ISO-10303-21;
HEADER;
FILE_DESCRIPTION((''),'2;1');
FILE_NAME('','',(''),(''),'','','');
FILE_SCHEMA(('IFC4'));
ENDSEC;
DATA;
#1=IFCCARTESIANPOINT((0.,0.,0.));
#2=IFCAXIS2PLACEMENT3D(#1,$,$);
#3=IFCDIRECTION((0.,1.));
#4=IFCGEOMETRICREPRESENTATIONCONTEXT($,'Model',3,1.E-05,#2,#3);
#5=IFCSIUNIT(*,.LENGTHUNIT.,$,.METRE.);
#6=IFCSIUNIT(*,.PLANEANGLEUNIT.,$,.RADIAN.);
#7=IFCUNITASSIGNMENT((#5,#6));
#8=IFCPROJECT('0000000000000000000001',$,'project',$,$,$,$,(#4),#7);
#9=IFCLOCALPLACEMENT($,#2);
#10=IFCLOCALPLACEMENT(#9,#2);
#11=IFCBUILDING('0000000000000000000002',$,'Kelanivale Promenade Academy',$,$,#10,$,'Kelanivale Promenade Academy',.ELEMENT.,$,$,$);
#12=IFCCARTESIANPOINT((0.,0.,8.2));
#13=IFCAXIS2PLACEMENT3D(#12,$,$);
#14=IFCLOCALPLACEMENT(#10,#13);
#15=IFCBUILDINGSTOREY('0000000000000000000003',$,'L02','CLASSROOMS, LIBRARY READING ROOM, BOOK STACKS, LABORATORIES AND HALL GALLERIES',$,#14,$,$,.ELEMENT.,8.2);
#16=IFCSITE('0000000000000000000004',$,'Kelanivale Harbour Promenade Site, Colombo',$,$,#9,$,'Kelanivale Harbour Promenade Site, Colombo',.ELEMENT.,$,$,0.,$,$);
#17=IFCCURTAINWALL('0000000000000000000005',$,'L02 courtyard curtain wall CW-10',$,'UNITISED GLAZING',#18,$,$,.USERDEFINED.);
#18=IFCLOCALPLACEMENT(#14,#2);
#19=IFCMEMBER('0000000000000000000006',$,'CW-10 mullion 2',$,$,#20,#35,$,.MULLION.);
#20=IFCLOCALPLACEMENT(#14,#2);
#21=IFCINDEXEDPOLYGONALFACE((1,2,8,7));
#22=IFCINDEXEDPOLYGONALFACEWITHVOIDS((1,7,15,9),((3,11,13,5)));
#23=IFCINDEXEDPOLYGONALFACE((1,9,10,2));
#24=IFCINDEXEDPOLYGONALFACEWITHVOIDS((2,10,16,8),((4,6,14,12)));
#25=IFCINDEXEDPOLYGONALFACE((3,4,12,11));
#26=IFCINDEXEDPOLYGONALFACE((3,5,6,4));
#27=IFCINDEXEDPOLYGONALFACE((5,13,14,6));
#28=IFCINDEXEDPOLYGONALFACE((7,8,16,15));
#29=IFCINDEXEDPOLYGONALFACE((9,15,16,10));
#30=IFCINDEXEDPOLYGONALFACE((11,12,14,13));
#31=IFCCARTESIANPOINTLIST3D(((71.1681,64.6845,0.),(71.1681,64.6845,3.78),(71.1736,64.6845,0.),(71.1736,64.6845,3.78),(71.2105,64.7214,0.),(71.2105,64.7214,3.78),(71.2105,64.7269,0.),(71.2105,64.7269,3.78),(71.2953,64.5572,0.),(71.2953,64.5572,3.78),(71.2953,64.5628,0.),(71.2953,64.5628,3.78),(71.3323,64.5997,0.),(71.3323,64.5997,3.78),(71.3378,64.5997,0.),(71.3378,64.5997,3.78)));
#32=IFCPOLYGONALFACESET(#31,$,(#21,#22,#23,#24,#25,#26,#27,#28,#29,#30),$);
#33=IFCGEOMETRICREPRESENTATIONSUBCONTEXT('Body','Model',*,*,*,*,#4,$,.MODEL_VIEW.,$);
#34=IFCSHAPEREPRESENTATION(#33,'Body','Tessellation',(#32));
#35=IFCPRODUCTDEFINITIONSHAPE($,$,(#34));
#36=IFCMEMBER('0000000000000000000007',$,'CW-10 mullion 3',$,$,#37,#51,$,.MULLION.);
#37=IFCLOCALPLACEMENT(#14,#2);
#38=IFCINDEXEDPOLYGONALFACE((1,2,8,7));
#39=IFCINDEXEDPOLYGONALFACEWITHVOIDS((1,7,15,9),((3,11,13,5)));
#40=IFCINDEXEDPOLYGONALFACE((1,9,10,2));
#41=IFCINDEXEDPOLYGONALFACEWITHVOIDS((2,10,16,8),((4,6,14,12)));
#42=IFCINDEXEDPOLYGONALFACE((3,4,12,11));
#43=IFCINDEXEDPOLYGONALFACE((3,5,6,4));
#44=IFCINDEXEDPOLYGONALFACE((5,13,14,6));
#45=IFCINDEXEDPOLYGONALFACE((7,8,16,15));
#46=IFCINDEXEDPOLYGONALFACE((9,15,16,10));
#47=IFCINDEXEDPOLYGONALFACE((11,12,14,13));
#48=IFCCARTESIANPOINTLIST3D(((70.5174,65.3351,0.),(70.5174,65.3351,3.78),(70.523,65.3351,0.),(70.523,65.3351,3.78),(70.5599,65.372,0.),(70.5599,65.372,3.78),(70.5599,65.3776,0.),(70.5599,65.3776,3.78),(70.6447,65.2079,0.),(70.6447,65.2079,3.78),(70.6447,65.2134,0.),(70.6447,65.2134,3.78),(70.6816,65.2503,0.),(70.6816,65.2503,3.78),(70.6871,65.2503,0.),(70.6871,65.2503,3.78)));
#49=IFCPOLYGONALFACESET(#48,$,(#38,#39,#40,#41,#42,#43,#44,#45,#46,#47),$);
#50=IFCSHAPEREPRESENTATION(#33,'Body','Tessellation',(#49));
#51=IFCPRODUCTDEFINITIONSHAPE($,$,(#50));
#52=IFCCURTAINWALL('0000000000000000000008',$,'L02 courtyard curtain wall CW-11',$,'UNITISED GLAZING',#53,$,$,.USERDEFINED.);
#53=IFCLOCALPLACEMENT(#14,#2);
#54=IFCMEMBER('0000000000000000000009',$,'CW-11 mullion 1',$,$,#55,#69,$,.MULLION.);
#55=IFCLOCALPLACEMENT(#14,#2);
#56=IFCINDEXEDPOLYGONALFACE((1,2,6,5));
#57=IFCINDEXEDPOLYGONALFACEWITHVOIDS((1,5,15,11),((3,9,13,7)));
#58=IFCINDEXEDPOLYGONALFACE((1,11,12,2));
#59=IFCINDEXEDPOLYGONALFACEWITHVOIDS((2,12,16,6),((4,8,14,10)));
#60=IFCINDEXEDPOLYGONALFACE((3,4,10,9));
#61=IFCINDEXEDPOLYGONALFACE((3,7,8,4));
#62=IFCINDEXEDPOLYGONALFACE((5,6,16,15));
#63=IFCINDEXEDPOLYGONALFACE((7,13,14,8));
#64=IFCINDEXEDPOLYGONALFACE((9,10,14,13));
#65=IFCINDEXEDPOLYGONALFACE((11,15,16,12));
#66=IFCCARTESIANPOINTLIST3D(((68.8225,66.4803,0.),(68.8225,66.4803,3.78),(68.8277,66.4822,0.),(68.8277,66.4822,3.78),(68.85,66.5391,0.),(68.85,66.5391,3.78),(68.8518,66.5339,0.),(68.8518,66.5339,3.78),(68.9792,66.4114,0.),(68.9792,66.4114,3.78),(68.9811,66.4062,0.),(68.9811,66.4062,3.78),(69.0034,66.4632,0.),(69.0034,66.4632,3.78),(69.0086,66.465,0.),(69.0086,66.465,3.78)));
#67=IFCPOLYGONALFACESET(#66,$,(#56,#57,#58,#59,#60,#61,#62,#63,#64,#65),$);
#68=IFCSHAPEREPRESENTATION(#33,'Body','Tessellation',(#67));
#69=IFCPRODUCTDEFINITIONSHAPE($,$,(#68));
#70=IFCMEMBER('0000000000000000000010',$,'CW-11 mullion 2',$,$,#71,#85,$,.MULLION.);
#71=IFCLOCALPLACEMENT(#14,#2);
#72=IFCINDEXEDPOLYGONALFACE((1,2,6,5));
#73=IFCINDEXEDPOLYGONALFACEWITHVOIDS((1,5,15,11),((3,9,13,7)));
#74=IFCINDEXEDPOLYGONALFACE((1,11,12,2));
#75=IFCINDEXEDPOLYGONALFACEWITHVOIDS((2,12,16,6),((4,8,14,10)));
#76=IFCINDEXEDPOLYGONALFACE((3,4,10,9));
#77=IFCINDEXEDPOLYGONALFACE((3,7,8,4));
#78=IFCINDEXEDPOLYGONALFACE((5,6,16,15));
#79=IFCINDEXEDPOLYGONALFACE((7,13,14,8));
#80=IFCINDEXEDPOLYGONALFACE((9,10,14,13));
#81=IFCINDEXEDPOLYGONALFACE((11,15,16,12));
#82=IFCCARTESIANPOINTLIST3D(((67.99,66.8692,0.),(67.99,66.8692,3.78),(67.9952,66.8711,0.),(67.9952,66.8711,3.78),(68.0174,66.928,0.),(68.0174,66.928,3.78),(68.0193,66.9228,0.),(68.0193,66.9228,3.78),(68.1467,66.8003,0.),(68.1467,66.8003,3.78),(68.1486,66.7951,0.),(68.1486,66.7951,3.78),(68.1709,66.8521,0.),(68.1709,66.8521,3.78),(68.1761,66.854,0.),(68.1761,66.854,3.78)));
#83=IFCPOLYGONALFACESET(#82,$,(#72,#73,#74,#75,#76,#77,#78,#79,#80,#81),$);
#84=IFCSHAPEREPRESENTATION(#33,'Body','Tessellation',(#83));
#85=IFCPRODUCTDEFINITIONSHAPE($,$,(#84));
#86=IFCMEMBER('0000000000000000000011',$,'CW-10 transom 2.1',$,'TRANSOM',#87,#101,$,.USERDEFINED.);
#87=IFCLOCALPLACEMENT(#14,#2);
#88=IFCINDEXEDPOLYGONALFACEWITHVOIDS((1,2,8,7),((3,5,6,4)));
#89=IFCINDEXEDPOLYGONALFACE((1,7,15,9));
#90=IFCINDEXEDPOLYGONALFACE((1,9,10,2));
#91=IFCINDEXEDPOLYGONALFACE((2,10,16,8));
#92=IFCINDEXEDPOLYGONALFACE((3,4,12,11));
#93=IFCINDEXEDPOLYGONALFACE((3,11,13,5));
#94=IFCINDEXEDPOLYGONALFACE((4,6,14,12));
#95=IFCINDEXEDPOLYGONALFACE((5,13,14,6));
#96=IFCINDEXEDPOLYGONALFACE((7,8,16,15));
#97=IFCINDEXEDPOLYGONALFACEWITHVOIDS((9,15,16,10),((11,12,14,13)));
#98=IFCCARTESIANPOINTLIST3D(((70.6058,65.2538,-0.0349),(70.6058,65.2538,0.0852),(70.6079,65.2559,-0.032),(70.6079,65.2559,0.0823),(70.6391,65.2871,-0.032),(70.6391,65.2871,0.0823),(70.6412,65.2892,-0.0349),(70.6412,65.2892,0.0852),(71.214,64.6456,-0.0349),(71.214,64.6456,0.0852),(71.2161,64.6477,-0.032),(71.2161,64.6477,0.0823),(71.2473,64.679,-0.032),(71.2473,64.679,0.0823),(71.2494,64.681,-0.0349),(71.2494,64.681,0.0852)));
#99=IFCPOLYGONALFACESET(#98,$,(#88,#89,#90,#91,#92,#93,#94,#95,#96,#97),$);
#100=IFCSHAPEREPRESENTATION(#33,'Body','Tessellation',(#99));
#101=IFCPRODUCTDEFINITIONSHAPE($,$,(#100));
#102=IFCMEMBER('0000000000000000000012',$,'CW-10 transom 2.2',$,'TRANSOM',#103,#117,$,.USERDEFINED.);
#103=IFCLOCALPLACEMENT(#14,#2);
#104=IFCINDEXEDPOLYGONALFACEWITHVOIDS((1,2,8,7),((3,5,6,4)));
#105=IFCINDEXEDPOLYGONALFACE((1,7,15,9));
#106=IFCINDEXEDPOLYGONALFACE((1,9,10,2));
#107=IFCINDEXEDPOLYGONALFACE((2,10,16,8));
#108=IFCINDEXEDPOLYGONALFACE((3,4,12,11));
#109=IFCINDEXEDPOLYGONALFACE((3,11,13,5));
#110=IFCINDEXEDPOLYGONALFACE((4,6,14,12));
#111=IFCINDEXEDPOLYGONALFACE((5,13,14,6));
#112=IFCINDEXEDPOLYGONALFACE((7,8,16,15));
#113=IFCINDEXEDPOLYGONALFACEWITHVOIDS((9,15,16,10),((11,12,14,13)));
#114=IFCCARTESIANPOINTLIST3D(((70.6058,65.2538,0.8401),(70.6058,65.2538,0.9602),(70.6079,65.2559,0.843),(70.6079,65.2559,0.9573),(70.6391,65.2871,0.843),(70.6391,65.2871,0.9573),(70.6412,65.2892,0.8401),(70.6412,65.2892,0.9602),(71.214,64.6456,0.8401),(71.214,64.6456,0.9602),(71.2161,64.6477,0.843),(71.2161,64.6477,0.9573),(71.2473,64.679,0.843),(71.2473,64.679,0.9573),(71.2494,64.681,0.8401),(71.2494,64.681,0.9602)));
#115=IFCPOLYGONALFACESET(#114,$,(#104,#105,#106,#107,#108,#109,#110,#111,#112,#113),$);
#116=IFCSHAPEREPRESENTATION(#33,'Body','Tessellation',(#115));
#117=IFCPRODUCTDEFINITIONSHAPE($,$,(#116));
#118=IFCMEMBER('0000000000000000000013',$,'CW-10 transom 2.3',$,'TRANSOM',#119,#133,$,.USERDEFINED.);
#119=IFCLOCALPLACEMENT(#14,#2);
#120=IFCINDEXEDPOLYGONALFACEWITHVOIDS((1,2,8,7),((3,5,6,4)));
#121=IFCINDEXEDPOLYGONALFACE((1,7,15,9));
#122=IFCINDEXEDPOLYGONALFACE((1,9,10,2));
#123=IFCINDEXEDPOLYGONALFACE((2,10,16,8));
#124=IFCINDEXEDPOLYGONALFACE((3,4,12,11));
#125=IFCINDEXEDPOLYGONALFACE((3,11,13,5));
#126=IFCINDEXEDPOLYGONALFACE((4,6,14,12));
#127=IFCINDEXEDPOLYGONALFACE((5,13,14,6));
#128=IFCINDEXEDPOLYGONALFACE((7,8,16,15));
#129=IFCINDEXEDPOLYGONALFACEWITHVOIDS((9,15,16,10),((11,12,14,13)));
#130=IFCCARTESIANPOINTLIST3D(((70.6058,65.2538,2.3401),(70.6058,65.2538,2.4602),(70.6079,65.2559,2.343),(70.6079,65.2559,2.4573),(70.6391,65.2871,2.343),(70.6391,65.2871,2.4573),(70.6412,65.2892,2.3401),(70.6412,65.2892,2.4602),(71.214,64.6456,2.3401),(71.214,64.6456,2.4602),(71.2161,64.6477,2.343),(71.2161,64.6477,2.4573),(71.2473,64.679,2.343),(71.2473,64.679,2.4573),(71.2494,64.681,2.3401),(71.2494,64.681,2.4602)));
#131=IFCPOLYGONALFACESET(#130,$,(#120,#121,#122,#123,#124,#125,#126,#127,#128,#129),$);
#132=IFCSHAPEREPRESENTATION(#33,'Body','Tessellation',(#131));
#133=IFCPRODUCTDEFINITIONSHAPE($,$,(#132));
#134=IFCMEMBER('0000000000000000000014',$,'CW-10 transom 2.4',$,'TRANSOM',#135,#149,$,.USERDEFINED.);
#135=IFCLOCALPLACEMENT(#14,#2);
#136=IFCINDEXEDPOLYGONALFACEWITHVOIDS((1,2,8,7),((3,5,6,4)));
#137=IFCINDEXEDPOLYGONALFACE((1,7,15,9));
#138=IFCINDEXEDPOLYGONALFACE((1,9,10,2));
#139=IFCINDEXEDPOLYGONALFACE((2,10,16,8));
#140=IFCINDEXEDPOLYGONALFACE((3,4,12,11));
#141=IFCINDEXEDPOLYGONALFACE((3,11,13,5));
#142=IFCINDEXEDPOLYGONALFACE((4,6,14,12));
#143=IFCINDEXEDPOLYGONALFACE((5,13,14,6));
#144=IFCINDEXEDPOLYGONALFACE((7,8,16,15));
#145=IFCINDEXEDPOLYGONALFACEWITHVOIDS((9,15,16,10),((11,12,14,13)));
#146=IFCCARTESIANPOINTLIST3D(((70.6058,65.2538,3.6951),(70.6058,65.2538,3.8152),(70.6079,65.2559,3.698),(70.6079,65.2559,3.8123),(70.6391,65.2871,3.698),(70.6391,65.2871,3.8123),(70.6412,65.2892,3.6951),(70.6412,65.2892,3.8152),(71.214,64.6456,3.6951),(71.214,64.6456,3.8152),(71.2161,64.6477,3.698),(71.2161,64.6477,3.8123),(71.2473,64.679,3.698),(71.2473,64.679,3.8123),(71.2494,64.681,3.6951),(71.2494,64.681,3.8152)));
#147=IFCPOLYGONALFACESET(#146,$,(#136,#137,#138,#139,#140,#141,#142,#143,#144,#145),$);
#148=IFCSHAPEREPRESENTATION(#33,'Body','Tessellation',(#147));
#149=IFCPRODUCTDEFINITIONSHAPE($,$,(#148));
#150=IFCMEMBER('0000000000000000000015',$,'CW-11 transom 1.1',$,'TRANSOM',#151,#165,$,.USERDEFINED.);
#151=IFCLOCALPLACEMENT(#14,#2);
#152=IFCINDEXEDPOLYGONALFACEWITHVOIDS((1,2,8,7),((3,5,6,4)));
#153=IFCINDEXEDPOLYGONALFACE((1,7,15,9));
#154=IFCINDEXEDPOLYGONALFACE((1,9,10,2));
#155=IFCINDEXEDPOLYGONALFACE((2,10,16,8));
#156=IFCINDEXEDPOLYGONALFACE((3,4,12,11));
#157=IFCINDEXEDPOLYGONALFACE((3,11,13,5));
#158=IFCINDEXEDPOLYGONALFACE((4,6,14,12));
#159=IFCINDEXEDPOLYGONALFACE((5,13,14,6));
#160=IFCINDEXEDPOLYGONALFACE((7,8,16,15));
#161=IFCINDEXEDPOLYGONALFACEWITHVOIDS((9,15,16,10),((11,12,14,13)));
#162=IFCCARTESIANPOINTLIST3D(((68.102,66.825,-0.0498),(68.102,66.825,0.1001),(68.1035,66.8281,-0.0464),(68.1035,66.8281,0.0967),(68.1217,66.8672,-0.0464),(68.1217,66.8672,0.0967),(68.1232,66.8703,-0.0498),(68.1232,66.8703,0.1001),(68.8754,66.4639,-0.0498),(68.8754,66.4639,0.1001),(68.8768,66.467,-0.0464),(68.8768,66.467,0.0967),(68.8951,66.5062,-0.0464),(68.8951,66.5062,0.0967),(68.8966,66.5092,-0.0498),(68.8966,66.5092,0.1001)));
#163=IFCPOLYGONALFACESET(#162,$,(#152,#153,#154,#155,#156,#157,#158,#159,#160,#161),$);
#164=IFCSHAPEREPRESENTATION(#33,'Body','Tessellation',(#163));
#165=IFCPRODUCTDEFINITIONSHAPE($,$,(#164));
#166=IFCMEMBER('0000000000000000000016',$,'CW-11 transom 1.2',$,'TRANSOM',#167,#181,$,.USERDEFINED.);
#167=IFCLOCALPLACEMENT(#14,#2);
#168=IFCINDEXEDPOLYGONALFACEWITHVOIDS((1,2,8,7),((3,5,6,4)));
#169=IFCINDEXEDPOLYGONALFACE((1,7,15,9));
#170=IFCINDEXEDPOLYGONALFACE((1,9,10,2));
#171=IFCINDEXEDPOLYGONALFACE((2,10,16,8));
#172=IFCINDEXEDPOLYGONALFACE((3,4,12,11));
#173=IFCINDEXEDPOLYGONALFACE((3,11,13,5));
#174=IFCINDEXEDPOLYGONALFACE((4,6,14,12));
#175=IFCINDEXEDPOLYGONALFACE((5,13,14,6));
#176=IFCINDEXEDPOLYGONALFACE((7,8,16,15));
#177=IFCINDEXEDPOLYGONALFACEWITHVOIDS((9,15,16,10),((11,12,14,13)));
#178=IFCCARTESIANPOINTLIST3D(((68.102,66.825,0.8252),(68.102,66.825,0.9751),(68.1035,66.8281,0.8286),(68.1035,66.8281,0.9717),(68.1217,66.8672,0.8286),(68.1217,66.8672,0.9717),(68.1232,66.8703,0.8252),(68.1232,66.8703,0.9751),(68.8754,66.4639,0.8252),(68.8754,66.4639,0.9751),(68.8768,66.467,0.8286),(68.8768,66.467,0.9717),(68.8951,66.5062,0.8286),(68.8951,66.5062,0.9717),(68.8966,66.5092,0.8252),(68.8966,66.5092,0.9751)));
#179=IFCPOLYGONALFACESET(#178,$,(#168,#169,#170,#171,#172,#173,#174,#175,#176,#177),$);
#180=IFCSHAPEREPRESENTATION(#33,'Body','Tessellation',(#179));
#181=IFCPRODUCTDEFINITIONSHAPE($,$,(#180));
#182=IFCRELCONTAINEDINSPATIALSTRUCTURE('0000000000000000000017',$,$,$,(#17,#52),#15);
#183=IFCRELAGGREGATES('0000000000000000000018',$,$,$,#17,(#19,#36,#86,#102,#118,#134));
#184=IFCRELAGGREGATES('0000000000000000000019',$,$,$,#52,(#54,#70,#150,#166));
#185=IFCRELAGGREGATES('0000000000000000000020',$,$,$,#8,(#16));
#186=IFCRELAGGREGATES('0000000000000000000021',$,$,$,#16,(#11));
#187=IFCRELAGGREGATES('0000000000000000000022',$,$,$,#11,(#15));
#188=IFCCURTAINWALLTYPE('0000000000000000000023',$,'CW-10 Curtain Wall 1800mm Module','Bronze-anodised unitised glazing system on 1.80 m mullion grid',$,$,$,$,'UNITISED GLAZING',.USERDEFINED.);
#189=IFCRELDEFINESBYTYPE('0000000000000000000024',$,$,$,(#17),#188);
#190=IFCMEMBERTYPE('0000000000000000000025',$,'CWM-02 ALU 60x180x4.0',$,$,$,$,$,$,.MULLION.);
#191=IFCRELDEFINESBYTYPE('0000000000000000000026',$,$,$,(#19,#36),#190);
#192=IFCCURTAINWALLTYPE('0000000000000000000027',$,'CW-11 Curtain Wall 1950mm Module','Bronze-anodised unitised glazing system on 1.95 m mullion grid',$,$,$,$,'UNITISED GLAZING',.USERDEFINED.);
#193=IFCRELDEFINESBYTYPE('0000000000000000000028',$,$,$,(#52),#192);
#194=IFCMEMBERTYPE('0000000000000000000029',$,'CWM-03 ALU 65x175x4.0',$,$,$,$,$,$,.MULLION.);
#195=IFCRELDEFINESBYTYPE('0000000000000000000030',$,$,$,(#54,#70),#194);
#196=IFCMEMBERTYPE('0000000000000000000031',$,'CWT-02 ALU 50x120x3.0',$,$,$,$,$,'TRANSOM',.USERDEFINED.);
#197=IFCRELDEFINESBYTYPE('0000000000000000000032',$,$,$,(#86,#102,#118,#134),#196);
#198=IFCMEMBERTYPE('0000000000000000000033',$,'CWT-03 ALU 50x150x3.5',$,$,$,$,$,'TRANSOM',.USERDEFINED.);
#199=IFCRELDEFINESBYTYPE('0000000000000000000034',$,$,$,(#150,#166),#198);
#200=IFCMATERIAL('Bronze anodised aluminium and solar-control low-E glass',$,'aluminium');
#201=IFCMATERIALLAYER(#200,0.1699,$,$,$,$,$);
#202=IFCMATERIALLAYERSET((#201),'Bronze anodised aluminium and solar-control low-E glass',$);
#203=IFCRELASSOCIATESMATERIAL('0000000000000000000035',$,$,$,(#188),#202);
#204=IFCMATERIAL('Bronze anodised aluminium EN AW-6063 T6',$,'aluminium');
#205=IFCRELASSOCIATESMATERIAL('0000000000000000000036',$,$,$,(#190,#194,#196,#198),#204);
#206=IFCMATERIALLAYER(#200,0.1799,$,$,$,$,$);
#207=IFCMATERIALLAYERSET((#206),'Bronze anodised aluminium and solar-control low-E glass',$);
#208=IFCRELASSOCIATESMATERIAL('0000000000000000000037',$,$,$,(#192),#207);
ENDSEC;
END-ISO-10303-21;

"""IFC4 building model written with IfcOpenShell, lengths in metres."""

from ifc_helpers import new_model, si_unit, direction, frame, origin, origin_2d, place, context, subcontext, project, spatial, hollow_rectangle, extrude, material, layer, layer_set, material_profile, profile_set, type_object, element, aggregate, save


model = new_model("IFC4")

# Units and contexts
model_context = context("Model", 3, precision=1e-05, world=origin(), true_north=direction((0.0, 1.0)))
body_context = subcontext(model_context, "Body", "Model", "MODEL_VIEW")
ifc_project = project(units=[si_unit("LENGTHUNIT", "METRE"), si_unit("PLANEANGLEUNIT", "RADIAN")], contexts=[model_context])

# Site, building, storey
site_placement = place(None, origin())
site = spatial("IfcSite", under=ifc_project, at=site_placement, Name="Kelanivale Harbour Promenade Site, Colombo", LongName="Kelanivale Harbour Promenade Site, Colombo", CompositionType="ELEMENT", RefElevation=0.0)
building_placement = place(site_placement, origin())
building = spatial("IfcBuilding", under=site, at=building_placement, Name="Kelanivale Promenade Academy", LongName="Kelanivale Promenade Academy", CompositionType="ELEMENT")
storey_placement = place(building_placement, frame((0.0, 0.0, 8.2)))
storey = spatial("IfcBuildingStorey", under=building, at=storey_placement, Name="L02", Description="CLASSROOMS, LIBRARY READING ROOM, BOOK STACKS, LABORATORIES AND HALL GALLERIES", CompositionType="ELEMENT", Elevation=8.2)

# Curtain walls, members
ifc_material_1 = material(Name="Bronze anodised aluminium and solar-control low-E glass", Category="aluminium")
ifc_layer_1 = layer(ifc_material_1, 0.1699)
ifc_layer_set_1 = layer_set([ifc_layer_1], Name="Bronze anodised aluminium and solar-control low-E glass")
curtain_wall_type_1 = type_object("IfcCurtainWallType", Name="CW-10 Curtain Wall 1800mm Module", Description="Bronze-anodised unitised glazing system on 1.80 m mullion grid", ElementType="UNITISED GLAZING", PredefinedType="USERDEFINED", material=ifc_layer_set_1)
curtain_wall_1_placement = place(storey_placement, origin())
curtain_wall_1 = element("IfcCurtainWall", 1, at=curtain_wall_1_placement, inside=storey, type_object=curtain_wall_type_1, Name="L02 courtyard curtain wall CW-10", ObjectType="UNITISED GLAZING", PredefinedType="USERDEFINED")
ifc_material_2 = material(Name="Bronze anodised aluminium EN AW-6063 T6", Category="aluminium")
ifc_material_profile_1 = material_profile(ifc_material_2, hollow_rectangle(XDim=0.0601, YDim=0.1799, WallThickness=0.0039, at=origin_2d()), Name="ALU 60x180x4.0")
ifc_profile_set_1 = profile_set([ifc_material_profile_1], Name="Bronze anodised aluminium EN AW-6063 T6")
member_type_1 = type_object("IfcMemberType", Name="CWM-02 ALU 60x180x4.0", PredefinedType="MULLION", material=ifc_profile_set_1)
member_1_placement = place(storey_placement, frame((71.2529, 64.6421, 0.0), z_axis=(0.0, 0.0, 1.0), x_axis=(-0.707107, -0.707107, 0.0)))
member_1 = element("IfcMember", 2, at=member_1_placement, type_object=member_type_1, Name="CW-10 mullion 2", PredefinedType="MULLION", context=body_context, shape_type="SweptSolid", body=[
    extrude(hollow_rectangle(XDim=0.0601, YDim=0.1799, WallThickness=0.0039, at=origin_2d()), origin(), (0.0, 0.0, 1.0), 3.78),
])
member_2_placement = place(storey_placement, frame((70.6023, 65.2927, 0.0), z_axis=(0.0, 0.0, 1.0), x_axis=(-0.707107, -0.707107, 0.0)))
member_2 = element("IfcMember", 3, at=member_2_placement, type_object=member_type_1, Name="CW-10 mullion 3", PredefinedType="MULLION", context=body_context, shape_type="SweptSolid", body=[
    extrude(hollow_rectangle(XDim=0.0601, YDim=0.1799, WallThickness=0.0039, at=origin_2d()), origin(), (0.0, 0.0, 1.0), 3.78),
])
ifc_layer_2 = layer(ifc_material_1, 0.1799)
ifc_layer_set_2 = layer_set([ifc_layer_2], Name="Bronze anodised aluminium and solar-control low-E glass")
curtain_wall_type_2 = type_object("IfcCurtainWallType", Name="CW-11 Curtain Wall 1950mm Module", Description="Bronze-anodised unitised glazing system on 1.95 m mullion grid", ElementType="UNITISED GLAZING", PredefinedType="USERDEFINED", material=ifc_layer_set_2)
curtain_wall_2_placement = place(storey_placement, origin())
curtain_wall_2 = element("IfcCurtainWall", 4, at=curtain_wall_2_placement, inside=storey, type_object=curtain_wall_type_2, Name="L02 courtyard curtain wall CW-11", ObjectType="UNITISED GLAZING", PredefinedType="USERDEFINED")
ifc_material_profile_2 = material_profile(ifc_material_2, hollow_rectangle(XDim=0.0649, YDim=0.175, WallThickness=0.0039, at=origin_2d()), Name="ALU 65x175x4.0")
ifc_profile_set_2 = profile_set([ifc_material_profile_2], Name="Bronze anodised aluminium EN AW-6063 T6")
member_type_2 = type_object("IfcMemberType", Name="CWM-03 ALU 65x175x4.0", PredefinedType="MULLION", material=ifc_profile_set_2)
member_3_placement = place(storey_placement, frame((68.9155, 66.4727, 0.0), z_axis=(0.0, 0.0, 1.0), x_axis=(-0.423087, -0.906089, 0.0)))
member_3 = element("IfcMember", 5, at=member_3_placement, type_object=member_type_2, Name="CW-11 mullion 1", PredefinedType="MULLION", context=body_context, shape_type="SweptSolid", body=[
    extrude(hollow_rectangle(XDim=0.0649, YDim=0.175, WallThickness=0.0039, at=origin_2d()), origin(), (0.0, 0.0, 1.0), 3.78),
])
member_4_placement = place(storey_placement, frame((68.083, 66.8616, 0.0), z_axis=(0.0, 0.0, 1.0), x_axis=(-0.423087, -0.906089, 0.0)))
member_4 = element("IfcMember", 6, at=member_4_placement, type_object=member_type_2, Name="CW-11 mullion 2", PredefinedType="MULLION", context=body_context, shape_type="SweptSolid", body=[
    extrude(hollow_rectangle(XDim=0.0649, YDim=0.175, WallThickness=0.0039, at=origin_2d()), origin(), (0.0, 0.0, 1.0), 3.78),
])

# Members
ifc_material_profile_3 = material_profile(ifc_material_2, hollow_rectangle(XDim=0.05, YDim=0.1201, WallThickness=0.0029, at=origin_2d()), Name="ALU 50x120x3.0")
ifc_profile_set_3 = profile_set([ifc_material_profile_3], Name="Bronze anodised aluminium EN AW-6063 T6")
member_type_3 = type_object("IfcMemberType", Name="CWT-02 ALU 50x120x3.0", ElementType="TRANSOM", PredefinedType="USERDEFINED", material=ifc_profile_set_3)
member_5_placement = place(storey_placement, frame((71.2317, 64.6633, 0.0251), z_axis=(-0.707107, 0.707107, 0.0), x_axis=(-0.707107, -0.707107, 0.0)))
member_5 = element("IfcMember", 7, at=member_5_placement, type_object=member_type_3, Name="CW-10 transom 2.1", ObjectType="TRANSOM", PredefinedType="USERDEFINED", context=body_context, shape_type="SweptSolid", body=[
    extrude(hollow_rectangle(XDim=0.05, YDim=0.1201, WallThickness=0.0029, at=origin_2d()), origin(), (0.0, 0.0, 1.0), 0.8601),
])
member_6_placement = place(storey_placement, frame((71.2317, 64.6633, 0.9001), z_axis=(-0.707107, 0.707107, 0.0), x_axis=(-0.707107, -0.707107, 0.0)))
member_6 = element("IfcMember", 8, at=member_6_placement, type_object=member_type_3, Name="CW-10 transom 2.2", ObjectType="TRANSOM", PredefinedType="USERDEFINED", context=body_context, shape_type="SweptSolid", body=[
    extrude(hollow_rectangle(XDim=0.05, YDim=0.1201, WallThickness=0.0029, at=origin_2d()), origin(), (0.0, 0.0, 1.0), 0.8601),
])
member_7_placement = place(storey_placement, frame((71.2317, 64.6633, 2.4001), z_axis=(-0.707107, 0.707107, 0.0), x_axis=(-0.707107, -0.707107, 0.0)))
member_7 = element("IfcMember", 9, at=member_7_placement, type_object=member_type_3, Name="CW-10 transom 2.3", ObjectType="TRANSOM", PredefinedType="USERDEFINED", context=body_context, shape_type="SweptSolid", body=[
    extrude(hollow_rectangle(XDim=0.05, YDim=0.1201, WallThickness=0.0029, at=origin_2d()), origin(), (0.0, 0.0, 1.0), 0.8601),
])
member_8_placement = place(storey_placement, frame((71.2317, 64.6633, 3.7551), z_axis=(-0.707107, 0.707107, 0.0), x_axis=(-0.707107, -0.707107, 0.0)))
member_8 = element("IfcMember", 10, at=member_8_placement, type_object=member_type_3, Name="CW-10 transom 2.4", ObjectType="TRANSOM", PredefinedType="USERDEFINED", context=body_context, shape_type="SweptSolid", body=[
    extrude(hollow_rectangle(XDim=0.05, YDim=0.1201, WallThickness=0.0029, at=origin_2d()), origin(), (0.0, 0.0, 1.0), 0.8601),
])
ifc_material_profile_4 = material_profile(ifc_material_2, hollow_rectangle(XDim=0.05, YDim=0.1499, WallThickness=0.0034, at=origin_2d()), Name="ALU 50x150x3.5")
ifc_profile_set_4 = profile_set([ifc_material_profile_4], Name="Bronze anodised aluminium EN AW-6063 T6")
member_type_4 = type_object("IfcMemberType", Name="CWT-03 ALU 50x150x3.5", ElementType="TRANSOM", PredefinedType="USERDEFINED", material=ifc_profile_set_4)
member_9_placement = place(storey_placement, frame((68.886, 66.4866, 0.0251), z_axis=(-0.906117, 0.423026, 0.0), x_axis=(-0.423026, -0.906117, 0.0)))
member_9 = element("IfcMember", 11, at=member_9_placement, type_object=member_type_4, Name="CW-11 transom 1.1", ObjectType="TRANSOM", PredefinedType="USERDEFINED", context=body_context, shape_type="SweptSolid", body=[
    extrude(hollow_rectangle(XDim=0.05, YDim=0.1499, WallThickness=0.0034, at=origin_2d()), origin(), (0.0, 0.0, 1.0), 0.8535),
])
member_10_placement = place(storey_placement, frame((68.886, 66.4866, 0.9001), z_axis=(-0.906117, 0.423026, 0.0), x_axis=(-0.423026, -0.906117, 0.0)))
member_10 = element("IfcMember", 12, at=member_10_placement, type_object=member_type_4, Name="CW-11 transom 1.2", ObjectType="TRANSOM", PredefinedType="USERDEFINED", context=body_context, shape_type="SweptSolid", body=[
    extrude(hollow_rectangle(XDim=0.05, YDim=0.1499, WallThickness=0.0034, at=origin_2d()), origin(), (0.0, 0.0, 1.0), 0.8535),
])

aggregate(curtain_wall_1, [member_1, member_2, member_5, member_6, member_7, member_8])
aggregate(curtain_wall_2, [member_3, member_4, member_9, member_10])

save(model, "model.ifc")
